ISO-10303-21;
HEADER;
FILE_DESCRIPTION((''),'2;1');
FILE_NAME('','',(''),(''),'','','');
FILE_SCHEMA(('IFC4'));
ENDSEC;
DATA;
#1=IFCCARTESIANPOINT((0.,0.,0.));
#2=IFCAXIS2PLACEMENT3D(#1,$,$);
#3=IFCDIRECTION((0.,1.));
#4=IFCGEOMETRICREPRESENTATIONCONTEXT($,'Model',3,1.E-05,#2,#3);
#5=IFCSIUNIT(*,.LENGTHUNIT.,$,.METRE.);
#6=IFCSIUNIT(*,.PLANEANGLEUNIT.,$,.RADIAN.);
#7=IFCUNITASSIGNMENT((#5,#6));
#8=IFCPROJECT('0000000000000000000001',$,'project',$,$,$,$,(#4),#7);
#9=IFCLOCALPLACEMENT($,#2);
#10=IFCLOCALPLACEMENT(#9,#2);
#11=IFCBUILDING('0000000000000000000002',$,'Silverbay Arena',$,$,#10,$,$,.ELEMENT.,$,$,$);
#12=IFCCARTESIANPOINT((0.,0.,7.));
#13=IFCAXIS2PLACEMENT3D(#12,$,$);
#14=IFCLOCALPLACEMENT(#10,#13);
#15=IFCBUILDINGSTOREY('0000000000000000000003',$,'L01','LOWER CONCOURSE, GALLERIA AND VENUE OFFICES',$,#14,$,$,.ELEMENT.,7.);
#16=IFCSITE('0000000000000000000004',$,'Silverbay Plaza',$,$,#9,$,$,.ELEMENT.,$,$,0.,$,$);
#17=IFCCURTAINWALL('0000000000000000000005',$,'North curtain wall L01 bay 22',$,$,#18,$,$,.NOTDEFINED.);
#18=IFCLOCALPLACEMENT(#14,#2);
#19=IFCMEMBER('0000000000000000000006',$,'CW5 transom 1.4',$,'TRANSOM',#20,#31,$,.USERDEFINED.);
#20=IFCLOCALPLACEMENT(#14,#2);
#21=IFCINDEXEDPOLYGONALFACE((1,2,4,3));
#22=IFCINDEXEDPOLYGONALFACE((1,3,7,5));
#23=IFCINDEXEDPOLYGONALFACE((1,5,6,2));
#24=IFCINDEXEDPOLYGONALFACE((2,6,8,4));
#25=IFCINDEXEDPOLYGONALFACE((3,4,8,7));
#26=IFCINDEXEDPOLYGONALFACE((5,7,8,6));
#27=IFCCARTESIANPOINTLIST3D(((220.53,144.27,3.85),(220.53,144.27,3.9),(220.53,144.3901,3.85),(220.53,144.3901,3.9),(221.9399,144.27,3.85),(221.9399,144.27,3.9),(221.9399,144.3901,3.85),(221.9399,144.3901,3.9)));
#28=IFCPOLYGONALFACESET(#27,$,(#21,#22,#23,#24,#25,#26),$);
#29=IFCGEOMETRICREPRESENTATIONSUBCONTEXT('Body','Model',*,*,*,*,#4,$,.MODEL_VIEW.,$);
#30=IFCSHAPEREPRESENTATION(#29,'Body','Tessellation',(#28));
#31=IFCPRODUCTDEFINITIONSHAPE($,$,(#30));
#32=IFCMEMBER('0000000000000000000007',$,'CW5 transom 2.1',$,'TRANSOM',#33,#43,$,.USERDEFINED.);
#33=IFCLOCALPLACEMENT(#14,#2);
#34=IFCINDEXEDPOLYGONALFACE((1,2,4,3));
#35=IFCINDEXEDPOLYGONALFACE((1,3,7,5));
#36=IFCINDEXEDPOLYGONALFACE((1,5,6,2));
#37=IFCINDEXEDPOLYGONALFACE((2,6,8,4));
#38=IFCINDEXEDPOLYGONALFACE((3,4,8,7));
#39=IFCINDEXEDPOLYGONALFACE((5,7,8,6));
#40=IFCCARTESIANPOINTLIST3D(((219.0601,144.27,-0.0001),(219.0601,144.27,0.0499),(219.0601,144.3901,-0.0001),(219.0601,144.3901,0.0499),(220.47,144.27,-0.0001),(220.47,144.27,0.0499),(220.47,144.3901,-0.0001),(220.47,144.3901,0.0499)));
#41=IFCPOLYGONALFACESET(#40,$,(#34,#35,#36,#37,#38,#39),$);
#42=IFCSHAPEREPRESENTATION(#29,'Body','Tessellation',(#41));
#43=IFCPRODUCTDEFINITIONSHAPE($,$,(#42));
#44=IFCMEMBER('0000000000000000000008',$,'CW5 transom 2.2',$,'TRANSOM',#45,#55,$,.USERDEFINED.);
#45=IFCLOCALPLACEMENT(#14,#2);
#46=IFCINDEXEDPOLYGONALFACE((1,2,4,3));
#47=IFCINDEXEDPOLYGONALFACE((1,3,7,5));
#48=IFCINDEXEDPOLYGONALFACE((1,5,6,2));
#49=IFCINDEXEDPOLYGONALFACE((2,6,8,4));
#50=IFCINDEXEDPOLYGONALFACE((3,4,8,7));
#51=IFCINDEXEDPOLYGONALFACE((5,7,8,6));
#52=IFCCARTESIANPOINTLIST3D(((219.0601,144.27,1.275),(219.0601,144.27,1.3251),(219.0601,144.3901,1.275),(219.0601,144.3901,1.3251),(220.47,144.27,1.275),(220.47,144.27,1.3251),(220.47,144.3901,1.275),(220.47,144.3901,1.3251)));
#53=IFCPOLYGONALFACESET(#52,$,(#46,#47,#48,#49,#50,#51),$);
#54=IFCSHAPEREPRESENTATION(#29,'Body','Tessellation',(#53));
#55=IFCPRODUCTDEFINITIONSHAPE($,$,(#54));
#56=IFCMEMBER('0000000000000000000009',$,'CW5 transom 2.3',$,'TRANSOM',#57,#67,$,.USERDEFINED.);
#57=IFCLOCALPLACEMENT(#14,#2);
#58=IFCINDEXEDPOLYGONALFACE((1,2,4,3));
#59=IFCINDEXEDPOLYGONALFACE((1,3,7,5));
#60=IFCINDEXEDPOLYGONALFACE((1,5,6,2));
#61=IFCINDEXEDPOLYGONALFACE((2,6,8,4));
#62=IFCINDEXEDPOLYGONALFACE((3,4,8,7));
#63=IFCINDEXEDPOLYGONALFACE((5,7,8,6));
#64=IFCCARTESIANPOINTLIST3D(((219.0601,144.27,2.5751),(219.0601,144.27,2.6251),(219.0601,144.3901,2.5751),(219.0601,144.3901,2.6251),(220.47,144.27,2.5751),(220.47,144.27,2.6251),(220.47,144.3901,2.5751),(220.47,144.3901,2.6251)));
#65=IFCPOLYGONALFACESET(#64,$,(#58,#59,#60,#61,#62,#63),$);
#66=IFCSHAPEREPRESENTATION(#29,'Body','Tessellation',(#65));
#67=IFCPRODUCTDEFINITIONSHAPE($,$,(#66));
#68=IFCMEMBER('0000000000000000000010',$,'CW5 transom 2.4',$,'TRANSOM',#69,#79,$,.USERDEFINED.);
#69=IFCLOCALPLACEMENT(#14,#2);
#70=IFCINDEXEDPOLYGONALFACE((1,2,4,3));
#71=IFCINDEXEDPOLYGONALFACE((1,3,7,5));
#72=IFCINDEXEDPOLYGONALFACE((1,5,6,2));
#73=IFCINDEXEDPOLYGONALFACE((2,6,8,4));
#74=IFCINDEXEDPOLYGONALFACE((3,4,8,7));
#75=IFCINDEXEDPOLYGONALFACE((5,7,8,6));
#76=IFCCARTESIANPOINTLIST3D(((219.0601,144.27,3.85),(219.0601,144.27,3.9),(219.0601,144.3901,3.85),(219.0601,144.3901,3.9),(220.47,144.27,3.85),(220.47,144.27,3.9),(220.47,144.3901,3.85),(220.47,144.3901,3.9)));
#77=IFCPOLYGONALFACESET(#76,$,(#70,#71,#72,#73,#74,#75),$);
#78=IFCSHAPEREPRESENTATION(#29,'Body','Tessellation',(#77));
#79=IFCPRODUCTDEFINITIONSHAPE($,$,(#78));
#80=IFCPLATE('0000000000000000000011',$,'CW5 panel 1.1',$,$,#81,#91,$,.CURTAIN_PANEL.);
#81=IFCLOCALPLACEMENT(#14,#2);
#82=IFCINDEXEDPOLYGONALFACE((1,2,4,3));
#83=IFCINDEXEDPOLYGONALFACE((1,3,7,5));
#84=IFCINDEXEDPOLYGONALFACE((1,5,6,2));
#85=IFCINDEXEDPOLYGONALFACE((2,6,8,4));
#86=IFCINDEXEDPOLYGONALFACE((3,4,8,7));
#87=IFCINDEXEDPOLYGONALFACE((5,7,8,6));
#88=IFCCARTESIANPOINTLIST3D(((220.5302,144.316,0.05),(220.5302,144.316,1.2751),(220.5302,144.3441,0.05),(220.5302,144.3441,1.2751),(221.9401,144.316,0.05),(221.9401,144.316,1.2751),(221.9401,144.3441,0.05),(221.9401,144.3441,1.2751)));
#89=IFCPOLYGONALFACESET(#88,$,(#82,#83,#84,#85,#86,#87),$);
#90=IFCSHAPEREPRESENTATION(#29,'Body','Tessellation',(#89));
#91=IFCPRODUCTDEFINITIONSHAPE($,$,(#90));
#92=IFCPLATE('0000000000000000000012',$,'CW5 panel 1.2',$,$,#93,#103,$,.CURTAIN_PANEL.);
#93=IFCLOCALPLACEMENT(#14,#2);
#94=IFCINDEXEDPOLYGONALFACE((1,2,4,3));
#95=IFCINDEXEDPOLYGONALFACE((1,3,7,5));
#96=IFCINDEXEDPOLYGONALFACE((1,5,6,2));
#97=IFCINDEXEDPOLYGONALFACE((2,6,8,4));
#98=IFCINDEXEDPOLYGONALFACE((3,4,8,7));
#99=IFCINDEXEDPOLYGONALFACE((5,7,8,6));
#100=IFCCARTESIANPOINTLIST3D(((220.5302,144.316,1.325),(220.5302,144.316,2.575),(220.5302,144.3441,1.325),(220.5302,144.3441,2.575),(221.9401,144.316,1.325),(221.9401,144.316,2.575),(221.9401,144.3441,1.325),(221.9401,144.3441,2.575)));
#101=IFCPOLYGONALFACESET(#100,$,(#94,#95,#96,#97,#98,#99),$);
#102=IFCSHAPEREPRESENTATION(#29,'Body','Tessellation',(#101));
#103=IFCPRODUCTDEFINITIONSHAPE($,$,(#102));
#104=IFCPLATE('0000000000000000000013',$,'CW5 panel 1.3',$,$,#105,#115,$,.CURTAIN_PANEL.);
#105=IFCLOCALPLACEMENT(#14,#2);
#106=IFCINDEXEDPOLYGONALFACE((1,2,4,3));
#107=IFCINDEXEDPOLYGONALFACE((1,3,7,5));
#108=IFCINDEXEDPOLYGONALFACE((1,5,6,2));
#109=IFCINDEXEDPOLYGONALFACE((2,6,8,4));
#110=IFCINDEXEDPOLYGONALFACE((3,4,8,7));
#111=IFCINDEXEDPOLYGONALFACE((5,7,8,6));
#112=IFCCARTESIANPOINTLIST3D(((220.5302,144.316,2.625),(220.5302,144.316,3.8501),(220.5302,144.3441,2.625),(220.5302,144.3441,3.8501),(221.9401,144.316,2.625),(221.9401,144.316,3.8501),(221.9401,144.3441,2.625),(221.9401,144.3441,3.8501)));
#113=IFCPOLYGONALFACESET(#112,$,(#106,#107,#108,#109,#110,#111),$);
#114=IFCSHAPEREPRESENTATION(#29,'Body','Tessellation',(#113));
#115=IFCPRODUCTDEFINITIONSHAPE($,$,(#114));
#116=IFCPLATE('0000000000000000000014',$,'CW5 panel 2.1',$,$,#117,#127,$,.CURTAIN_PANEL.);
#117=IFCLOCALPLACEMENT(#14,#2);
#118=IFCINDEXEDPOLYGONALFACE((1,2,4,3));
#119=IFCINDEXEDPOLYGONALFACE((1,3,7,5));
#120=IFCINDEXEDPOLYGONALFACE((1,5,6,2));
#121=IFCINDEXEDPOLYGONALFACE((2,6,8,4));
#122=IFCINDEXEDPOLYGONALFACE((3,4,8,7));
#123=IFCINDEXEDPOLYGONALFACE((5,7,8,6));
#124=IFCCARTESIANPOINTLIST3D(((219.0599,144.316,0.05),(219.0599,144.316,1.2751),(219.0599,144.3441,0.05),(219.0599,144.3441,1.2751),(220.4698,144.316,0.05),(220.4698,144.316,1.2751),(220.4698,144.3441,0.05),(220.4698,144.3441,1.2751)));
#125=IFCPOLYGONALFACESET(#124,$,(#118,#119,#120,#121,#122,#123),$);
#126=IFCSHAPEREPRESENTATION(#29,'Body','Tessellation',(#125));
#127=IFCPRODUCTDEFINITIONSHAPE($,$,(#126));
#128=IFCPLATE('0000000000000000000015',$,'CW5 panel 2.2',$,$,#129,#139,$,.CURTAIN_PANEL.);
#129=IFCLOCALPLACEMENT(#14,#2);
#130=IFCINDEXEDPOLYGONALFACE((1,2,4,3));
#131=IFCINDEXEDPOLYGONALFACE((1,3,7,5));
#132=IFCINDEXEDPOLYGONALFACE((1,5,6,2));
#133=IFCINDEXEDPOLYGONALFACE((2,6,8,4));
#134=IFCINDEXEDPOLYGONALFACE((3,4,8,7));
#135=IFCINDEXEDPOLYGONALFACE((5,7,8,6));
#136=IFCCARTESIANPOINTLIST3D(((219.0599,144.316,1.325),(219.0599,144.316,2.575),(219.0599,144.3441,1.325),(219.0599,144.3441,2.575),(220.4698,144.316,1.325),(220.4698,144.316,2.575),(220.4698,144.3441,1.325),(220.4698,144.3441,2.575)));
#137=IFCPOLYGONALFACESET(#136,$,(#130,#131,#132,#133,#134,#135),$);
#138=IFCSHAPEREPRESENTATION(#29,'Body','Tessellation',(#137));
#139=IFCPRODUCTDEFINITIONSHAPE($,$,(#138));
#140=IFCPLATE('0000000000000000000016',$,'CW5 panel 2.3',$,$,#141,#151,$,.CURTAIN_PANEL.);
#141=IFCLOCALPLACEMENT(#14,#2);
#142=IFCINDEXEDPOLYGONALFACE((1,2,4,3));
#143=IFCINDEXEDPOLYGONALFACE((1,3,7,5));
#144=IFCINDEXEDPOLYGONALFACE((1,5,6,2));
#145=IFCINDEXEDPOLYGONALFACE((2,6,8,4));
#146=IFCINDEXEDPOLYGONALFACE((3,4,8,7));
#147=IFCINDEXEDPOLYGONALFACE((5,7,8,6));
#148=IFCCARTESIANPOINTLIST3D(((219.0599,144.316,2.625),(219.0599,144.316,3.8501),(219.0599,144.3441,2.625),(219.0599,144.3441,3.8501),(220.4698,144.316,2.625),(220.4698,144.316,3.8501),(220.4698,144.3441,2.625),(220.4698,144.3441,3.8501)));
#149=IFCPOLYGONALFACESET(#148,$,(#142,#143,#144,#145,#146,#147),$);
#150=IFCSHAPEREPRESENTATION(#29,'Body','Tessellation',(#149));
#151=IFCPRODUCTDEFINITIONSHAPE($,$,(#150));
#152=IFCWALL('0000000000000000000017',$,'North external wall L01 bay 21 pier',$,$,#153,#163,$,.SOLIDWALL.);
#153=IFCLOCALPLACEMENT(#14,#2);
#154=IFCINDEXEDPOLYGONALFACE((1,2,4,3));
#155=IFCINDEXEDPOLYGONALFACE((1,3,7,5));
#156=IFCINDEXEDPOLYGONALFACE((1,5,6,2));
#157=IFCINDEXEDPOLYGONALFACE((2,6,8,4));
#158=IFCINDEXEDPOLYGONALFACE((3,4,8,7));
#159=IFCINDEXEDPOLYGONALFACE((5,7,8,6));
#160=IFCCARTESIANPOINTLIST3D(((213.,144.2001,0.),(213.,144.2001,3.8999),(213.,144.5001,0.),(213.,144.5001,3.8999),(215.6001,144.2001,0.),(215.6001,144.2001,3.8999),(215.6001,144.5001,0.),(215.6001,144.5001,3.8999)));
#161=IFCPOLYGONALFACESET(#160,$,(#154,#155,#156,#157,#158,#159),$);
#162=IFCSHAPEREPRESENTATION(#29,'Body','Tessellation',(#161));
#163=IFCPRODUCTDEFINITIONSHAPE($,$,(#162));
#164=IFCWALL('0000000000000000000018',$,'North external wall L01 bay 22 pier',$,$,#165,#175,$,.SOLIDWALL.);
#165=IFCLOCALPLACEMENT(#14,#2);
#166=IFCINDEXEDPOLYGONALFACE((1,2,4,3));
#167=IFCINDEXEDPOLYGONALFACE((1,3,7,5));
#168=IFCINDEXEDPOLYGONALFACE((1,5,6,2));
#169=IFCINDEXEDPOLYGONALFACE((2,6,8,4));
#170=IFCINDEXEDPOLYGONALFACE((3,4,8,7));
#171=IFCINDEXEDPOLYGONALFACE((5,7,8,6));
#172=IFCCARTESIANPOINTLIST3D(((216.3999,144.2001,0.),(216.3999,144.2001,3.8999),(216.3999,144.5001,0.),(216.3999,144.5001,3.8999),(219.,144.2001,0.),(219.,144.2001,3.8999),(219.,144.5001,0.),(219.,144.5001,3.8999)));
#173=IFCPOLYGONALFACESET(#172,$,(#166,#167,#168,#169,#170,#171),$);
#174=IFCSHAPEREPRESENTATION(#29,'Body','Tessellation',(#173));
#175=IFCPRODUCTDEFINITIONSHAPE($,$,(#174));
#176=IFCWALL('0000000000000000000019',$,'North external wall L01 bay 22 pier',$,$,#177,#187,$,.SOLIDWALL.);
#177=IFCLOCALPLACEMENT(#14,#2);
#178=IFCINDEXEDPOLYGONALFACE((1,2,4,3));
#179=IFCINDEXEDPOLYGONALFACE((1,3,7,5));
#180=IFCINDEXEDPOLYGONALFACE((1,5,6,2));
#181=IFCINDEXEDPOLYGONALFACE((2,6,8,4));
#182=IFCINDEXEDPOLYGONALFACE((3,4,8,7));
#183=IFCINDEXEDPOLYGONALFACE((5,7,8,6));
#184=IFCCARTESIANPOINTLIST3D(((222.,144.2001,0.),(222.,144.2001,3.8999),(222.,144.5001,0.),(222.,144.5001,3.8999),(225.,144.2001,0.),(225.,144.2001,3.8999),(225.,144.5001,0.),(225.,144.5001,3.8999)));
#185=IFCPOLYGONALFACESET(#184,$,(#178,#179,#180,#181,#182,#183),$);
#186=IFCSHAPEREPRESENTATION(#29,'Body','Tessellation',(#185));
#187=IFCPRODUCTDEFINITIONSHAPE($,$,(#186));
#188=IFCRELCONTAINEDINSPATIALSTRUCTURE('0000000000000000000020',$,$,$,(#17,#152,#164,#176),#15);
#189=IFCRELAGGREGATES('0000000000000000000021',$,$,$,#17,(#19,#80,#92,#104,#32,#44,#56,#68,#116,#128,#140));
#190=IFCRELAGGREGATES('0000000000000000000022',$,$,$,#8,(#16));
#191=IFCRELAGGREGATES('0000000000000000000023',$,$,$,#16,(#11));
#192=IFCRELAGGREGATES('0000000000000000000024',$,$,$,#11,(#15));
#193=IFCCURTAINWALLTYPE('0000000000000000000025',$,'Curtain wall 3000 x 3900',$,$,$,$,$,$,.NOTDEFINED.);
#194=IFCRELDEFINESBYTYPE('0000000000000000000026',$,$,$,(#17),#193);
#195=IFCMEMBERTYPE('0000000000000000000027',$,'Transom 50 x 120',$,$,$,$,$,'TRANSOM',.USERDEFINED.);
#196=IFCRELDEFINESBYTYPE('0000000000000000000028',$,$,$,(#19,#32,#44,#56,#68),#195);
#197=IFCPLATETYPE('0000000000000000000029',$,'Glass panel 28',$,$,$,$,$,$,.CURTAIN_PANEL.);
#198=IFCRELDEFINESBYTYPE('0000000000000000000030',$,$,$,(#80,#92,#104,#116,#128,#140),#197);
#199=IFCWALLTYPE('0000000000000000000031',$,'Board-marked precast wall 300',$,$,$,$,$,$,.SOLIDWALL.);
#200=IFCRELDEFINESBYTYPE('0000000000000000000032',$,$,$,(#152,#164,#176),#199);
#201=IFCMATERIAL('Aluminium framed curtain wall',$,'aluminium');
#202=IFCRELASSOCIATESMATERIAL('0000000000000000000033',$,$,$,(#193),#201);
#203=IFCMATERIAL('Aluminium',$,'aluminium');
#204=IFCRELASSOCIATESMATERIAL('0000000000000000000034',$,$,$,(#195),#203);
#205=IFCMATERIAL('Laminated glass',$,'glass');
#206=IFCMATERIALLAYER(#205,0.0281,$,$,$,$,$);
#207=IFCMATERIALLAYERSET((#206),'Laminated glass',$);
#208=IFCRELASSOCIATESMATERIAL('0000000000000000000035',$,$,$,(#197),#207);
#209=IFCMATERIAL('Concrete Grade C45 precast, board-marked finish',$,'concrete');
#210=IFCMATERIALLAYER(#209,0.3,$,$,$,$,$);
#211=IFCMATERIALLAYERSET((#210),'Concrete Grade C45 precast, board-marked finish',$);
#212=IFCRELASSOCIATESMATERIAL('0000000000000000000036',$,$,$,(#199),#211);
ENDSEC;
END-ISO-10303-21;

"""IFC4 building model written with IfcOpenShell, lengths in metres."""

from ifc_helpers import new_model, si_unit, direction, frame, frame_2d, origin, origin_2d, place, context, subcontext, project, spatial, rectangle, extrude, material, layer, layer_set, material_profile, profile_set, type_object, element, aggregate, save


model = new_model("IFC4")

# Units and contexts
model_context = context("Model", 3, precision=1e-05, world=origin(), true_north=direction((0.0, 1.0)))
body_context = subcontext(model_context, "Body", "Model", "MODEL_VIEW")
ifc_project = project(units=[si_unit("LENGTHUNIT", "METRE"), si_unit("PLANEANGLEUNIT", "RADIAN")], contexts=[model_context])

# Site, building, storey
site_placement = place(None, origin())
site = spatial("IfcSite", under=ifc_project, at=site_placement, Name="Silverbay Plaza", CompositionType="ELEMENT", RefElevation=0.0)
building_placement = place(site_placement, origin())
building = spatial("IfcBuilding", under=site, at=building_placement, Name="Silverbay Arena", CompositionType="ELEMENT")
storey_placement = place(building_placement, frame((0.0, 0.0, 7.0)))
storey = spatial("IfcBuildingStorey", under=building, at=storey_placement, Name="L01", Description="LOWER CONCOURSE, GALLERIA AND VENUE OFFICES", CompositionType="ELEMENT", Elevation=7.0)

# Shared definitions
ifc_material_1 = material(Name="Aluminium framed curtain wall", Category="aluminium")
curtain_wall_type = type_object("IfcCurtainWallType", Name="Curtain wall 3000 x 3900", PredefinedType="NOTDEFINED", material=ifc_material_1)

# Curtain wall
curtain_wall_1_placement = place(storey_placement, origin())
curtain_wall_1 = element("IfcCurtainWall", 1, at=curtain_wall_1_placement, inside=storey, type_object=curtain_wall_type, Name="North curtain wall L01 bay 22", PredefinedType="NOTDEFINED")

# Members
ifc_material_2 = material(Name="Aluminium", Category="aluminium")
ifc_material_profile_1 = material_profile(ifc_material_2, rectangle(XDim=0.1201, YDim=0.05, at=origin_2d()), Name="Transom 50 x 120")
ifc_profile_set_1 = profile_set([ifc_material_profile_1], Name="Aluminium")
member_type_1 = type_object("IfcMemberType", Name="Transom 50 x 120", ElementType="TRANSOM", PredefinedType="USERDEFINED", material=ifc_profile_set_1)
member_1_placement = place(storey_placement, frame((221.9399, 144.3301, 3.875), z_axis=(-1.0, 0.0, 0.0), x_axis=(0.0, -1.0, 0.0)))
member_1 = element("IfcMember", 2, at=member_1_placement, type_object=member_type_1, Name="CW5 transom 1.4", ObjectType="TRANSOM", PredefinedType="USERDEFINED", context=body_context, shape_type="SweptSolid", body=[
    extrude(rectangle(XDim=0.1201, YDim=0.05, at=origin_2d()), origin(), (0.0, 0.0, 1.0), 1.4099),
])
member_2_placement = place(storey_placement, frame((220.47, 144.3301, 0.0249), z_axis=(-1.0, 0.0, 0.0), x_axis=(0.0, -1.0, 0.0)))
member_2 = element("IfcMember", 3, at=member_2_placement, type_object=member_type_1, Name="CW5 transom 2.1", ObjectType="TRANSOM", PredefinedType="USERDEFINED", context=body_context, shape_type="SweptSolid", body=[
    extrude(rectangle(XDim=0.1201, YDim=0.05, at=origin_2d()), origin(), (0.0, 0.0, 1.0), 1.4099),
])
member_3_placement = place(storey_placement, frame((220.47, 144.3301, 1.3), z_axis=(-1.0, 0.0, 0.0), x_axis=(0.0, -1.0, 0.0)))
member_3 = element("IfcMember", 4, at=member_3_placement, type_object=member_type_1, Name="CW5 transom 2.2", ObjectType="TRANSOM", PredefinedType="USERDEFINED", context=body_context, shape_type="SweptSolid", body=[
    extrude(rectangle(XDim=0.1201, YDim=0.05, at=origin_2d()), origin(), (0.0, 0.0, 1.0), 1.4099),
])
member_4_placement = place(storey_placement, frame((220.47, 144.3301, 2.6001), z_axis=(-1.0, 0.0, 0.0), x_axis=(0.0, -1.0, 0.0)))
member_4 = element("IfcMember", 5, at=member_4_placement, type_object=member_type_1, Name="CW5 transom 2.3", ObjectType="TRANSOM", PredefinedType="USERDEFINED", context=body_context, shape_type="SweptSolid", body=[
    extrude(rectangle(XDim=0.1201, YDim=0.05, at=origin_2d()), origin(), (0.0, 0.0, 1.0), 1.4099),
])
member_5_placement = place(storey_placement, frame((220.47, 144.3301, 3.875), z_axis=(-1.0, 0.0, 0.0), x_axis=(0.0, -1.0, 0.0)))
member_5 = element("IfcMember", 6, at=member_5_placement, type_object=member_type_1, Name="CW5 transom 2.4", ObjectType="TRANSOM", PredefinedType="USERDEFINED", context=body_context, shape_type="SweptSolid", body=[
    extrude(rectangle(XDim=0.1201, YDim=0.05, at=origin_2d()), origin(), (0.0, 0.0, 1.0), 1.4099),
])

# Plates
ifc_material_3 = material(Name="Laminated glass", Category="glass")
ifc_layer_1 = layer(ifc_material_3, 0.0281)
ifc_layer_set_1 = layer_set([ifc_layer_1], Name="Laminated glass")
plate_type = type_object("IfcPlateType", Name="Glass panel 28", PredefinedType="CURTAIN_PANEL", material=ifc_layer_set_1)
plate_1_placement = place(storey_placement, frame((221.2351, 144.3301, 0.05), z_axis=(0.0, 0.0, 1.0), x_axis=(-1.0, 0.0, 0.0)))
plate_1 = element("IfcPlate", 7, at=plate_1_placement, type_object=plate_type, Name="CW5 panel 1.1", PredefinedType="CURTAIN_PANEL", context=body_context, shape_type="SweptSolid", body=[
    extrude(rectangle(XDim=1.4099, YDim=0.0281, at=origin_2d()), origin(), (0.0, 0.0, 1.0), 1.2251),
])
plate_2_placement = place(storey_placement, frame((221.2351, 144.3301, 1.325), z_axis=(0.0, 0.0, 1.0), x_axis=(-1.0, 0.0, 0.0)))
plate_2 = element("IfcPlate", 8, at=plate_2_placement, type_object=plate_type, Name="CW5 panel 1.2", PredefinedType="CURTAIN_PANEL", context=body_context, shape_type="SweptSolid", body=[
    extrude(rectangle(XDim=1.4099, YDim=0.0281, at=origin_2d()), origin(), (0.0, 0.0, 1.0), 1.25),
])
plate_3_placement = place(storey_placement, frame((221.2351, 144.3301, 2.625), z_axis=(0.0, 0.0, 1.0), x_axis=(-1.0, 0.0, 0.0)))
plate_3 = element("IfcPlate", 9, at=plate_3_placement, type_object=plate_type, Name="CW5 panel 1.3", PredefinedType="CURTAIN_PANEL", context=body_context, shape_type="SweptSolid", body=[
    extrude(rectangle(XDim=1.4099, YDim=0.0281, at=origin_2d()), origin(), (0.0, 0.0, 1.0), 1.2251),
])
plate_4_placement = place(storey_placement, frame((219.7649, 144.3301, 0.05), z_axis=(0.0, 0.0, 1.0), x_axis=(-1.0, 0.0, 0.0)))
plate_4 = element("IfcPlate", 10, at=plate_4_placement, type_object=plate_type, Name="CW5 panel 2.1", PredefinedType="CURTAIN_PANEL", context=body_context, shape_type="SweptSolid", body=[
    extrude(rectangle(XDim=1.4099, YDim=0.0281, at=origin_2d()), origin(), (0.0, 0.0, 1.0), 1.2251),
])
plate_5_placement = place(storey_placement, frame((219.7649, 144.3301, 1.325), z_axis=(0.0, 0.0, 1.0), x_axis=(-1.0, 0.0, 0.0)))
plate_5 = element("IfcPlate", 11, at=plate_5_placement, type_object=plate_type, Name="CW5 panel 2.2", PredefinedType="CURTAIN_PANEL", context=body_context, shape_type="SweptSolid", body=[
    extrude(rectangle(XDim=1.4099, YDim=0.0281, at=origin_2d()), origin(), (0.0, 0.0, 1.0), 1.25),
])
plate_6_placement = place(storey_placement, frame((219.7649, 144.3301, 2.625), z_axis=(0.0, 0.0, 1.0), x_axis=(-1.0, 0.0, 0.0)))
plate_6 = element("IfcPlate", 12, at=plate_6_placement, type_object=plate_type, Name="CW5 panel 2.3", PredefinedType="CURTAIN_PANEL", context=body_context, shape_type="SweptSolid", body=[
    extrude(rectangle(XDim=1.4099, YDim=0.0281, at=origin_2d()), origin(), (0.0, 0.0, 1.0), 1.2251),
])
aggregate(curtain_wall_1, [member_1, plate_1, plate_2, plate_3, member_2, member_3, member_4, member_5, plate_4, plate_5, plate_6])

# Walls
ifc_material_4 = material(Name="Concrete Grade C45 precast, board-marked finish", Category="concrete")
ifc_layer_2 = layer(ifc_material_4, 0.3)
ifc_layer_set_2 = layer_set([ifc_layer_2], Name="Concrete Grade C45 precast, board-marked finish")
wall_type_1 = type_object("IfcWallType", Name="Board-marked precast wall 300", PredefinedType="SOLIDWALL", material=ifc_layer_set_2)
for number, where, z_axis, x_axis, name in (
    (13, (215.6001, 144.3501, 0.0), (0.0, 0.0, 1.0), (-1.0, 0.0, 0.0), "North external wall L01 bay 21 pier"),
    (14, (219.0, 144.3501, 0.0), (0.0, 0.0, 1.0), (-1.0, 0.0, 0.0), "North external wall L01 bay 22 pier"),
):
    element("IfcWall", number, at=place(storey_placement, frame(where, z_axis=z_axis, x_axis=x_axis)), inside=storey, type_object=wall_type_1, Name=name, PredefinedType="SOLIDWALL", context=body_context, shape_type="SweptSolid", body=[
        extrude(rectangle(XDim=2.6001, YDim=0.3, at=frame_2d((1.3, 0.0))), origin(), (0.0, 0.0, 1.0), 3.8999),
    ])
wall_1_placement = place(storey_placement, frame((225.0, 144.3501, 0.0), z_axis=(0.0, 0.0, 1.0), x_axis=(-1.0, 0.0, 0.0)))
element("IfcWall", 15, at=wall_1_placement, inside=storey, type_object=wall_type_1, Name="North external wall L01 bay 22 pier", PredefinedType="SOLIDWALL", context=body_context, shape_type="SweptSolid", body=[
    extrude(rectangle(XDim=3.0, YDim=0.3, at=frame_2d((1.5, 0.0))), origin(), (0.0, 0.0, 1.0), 3.8999),
])

save(model, "model.ifc")
